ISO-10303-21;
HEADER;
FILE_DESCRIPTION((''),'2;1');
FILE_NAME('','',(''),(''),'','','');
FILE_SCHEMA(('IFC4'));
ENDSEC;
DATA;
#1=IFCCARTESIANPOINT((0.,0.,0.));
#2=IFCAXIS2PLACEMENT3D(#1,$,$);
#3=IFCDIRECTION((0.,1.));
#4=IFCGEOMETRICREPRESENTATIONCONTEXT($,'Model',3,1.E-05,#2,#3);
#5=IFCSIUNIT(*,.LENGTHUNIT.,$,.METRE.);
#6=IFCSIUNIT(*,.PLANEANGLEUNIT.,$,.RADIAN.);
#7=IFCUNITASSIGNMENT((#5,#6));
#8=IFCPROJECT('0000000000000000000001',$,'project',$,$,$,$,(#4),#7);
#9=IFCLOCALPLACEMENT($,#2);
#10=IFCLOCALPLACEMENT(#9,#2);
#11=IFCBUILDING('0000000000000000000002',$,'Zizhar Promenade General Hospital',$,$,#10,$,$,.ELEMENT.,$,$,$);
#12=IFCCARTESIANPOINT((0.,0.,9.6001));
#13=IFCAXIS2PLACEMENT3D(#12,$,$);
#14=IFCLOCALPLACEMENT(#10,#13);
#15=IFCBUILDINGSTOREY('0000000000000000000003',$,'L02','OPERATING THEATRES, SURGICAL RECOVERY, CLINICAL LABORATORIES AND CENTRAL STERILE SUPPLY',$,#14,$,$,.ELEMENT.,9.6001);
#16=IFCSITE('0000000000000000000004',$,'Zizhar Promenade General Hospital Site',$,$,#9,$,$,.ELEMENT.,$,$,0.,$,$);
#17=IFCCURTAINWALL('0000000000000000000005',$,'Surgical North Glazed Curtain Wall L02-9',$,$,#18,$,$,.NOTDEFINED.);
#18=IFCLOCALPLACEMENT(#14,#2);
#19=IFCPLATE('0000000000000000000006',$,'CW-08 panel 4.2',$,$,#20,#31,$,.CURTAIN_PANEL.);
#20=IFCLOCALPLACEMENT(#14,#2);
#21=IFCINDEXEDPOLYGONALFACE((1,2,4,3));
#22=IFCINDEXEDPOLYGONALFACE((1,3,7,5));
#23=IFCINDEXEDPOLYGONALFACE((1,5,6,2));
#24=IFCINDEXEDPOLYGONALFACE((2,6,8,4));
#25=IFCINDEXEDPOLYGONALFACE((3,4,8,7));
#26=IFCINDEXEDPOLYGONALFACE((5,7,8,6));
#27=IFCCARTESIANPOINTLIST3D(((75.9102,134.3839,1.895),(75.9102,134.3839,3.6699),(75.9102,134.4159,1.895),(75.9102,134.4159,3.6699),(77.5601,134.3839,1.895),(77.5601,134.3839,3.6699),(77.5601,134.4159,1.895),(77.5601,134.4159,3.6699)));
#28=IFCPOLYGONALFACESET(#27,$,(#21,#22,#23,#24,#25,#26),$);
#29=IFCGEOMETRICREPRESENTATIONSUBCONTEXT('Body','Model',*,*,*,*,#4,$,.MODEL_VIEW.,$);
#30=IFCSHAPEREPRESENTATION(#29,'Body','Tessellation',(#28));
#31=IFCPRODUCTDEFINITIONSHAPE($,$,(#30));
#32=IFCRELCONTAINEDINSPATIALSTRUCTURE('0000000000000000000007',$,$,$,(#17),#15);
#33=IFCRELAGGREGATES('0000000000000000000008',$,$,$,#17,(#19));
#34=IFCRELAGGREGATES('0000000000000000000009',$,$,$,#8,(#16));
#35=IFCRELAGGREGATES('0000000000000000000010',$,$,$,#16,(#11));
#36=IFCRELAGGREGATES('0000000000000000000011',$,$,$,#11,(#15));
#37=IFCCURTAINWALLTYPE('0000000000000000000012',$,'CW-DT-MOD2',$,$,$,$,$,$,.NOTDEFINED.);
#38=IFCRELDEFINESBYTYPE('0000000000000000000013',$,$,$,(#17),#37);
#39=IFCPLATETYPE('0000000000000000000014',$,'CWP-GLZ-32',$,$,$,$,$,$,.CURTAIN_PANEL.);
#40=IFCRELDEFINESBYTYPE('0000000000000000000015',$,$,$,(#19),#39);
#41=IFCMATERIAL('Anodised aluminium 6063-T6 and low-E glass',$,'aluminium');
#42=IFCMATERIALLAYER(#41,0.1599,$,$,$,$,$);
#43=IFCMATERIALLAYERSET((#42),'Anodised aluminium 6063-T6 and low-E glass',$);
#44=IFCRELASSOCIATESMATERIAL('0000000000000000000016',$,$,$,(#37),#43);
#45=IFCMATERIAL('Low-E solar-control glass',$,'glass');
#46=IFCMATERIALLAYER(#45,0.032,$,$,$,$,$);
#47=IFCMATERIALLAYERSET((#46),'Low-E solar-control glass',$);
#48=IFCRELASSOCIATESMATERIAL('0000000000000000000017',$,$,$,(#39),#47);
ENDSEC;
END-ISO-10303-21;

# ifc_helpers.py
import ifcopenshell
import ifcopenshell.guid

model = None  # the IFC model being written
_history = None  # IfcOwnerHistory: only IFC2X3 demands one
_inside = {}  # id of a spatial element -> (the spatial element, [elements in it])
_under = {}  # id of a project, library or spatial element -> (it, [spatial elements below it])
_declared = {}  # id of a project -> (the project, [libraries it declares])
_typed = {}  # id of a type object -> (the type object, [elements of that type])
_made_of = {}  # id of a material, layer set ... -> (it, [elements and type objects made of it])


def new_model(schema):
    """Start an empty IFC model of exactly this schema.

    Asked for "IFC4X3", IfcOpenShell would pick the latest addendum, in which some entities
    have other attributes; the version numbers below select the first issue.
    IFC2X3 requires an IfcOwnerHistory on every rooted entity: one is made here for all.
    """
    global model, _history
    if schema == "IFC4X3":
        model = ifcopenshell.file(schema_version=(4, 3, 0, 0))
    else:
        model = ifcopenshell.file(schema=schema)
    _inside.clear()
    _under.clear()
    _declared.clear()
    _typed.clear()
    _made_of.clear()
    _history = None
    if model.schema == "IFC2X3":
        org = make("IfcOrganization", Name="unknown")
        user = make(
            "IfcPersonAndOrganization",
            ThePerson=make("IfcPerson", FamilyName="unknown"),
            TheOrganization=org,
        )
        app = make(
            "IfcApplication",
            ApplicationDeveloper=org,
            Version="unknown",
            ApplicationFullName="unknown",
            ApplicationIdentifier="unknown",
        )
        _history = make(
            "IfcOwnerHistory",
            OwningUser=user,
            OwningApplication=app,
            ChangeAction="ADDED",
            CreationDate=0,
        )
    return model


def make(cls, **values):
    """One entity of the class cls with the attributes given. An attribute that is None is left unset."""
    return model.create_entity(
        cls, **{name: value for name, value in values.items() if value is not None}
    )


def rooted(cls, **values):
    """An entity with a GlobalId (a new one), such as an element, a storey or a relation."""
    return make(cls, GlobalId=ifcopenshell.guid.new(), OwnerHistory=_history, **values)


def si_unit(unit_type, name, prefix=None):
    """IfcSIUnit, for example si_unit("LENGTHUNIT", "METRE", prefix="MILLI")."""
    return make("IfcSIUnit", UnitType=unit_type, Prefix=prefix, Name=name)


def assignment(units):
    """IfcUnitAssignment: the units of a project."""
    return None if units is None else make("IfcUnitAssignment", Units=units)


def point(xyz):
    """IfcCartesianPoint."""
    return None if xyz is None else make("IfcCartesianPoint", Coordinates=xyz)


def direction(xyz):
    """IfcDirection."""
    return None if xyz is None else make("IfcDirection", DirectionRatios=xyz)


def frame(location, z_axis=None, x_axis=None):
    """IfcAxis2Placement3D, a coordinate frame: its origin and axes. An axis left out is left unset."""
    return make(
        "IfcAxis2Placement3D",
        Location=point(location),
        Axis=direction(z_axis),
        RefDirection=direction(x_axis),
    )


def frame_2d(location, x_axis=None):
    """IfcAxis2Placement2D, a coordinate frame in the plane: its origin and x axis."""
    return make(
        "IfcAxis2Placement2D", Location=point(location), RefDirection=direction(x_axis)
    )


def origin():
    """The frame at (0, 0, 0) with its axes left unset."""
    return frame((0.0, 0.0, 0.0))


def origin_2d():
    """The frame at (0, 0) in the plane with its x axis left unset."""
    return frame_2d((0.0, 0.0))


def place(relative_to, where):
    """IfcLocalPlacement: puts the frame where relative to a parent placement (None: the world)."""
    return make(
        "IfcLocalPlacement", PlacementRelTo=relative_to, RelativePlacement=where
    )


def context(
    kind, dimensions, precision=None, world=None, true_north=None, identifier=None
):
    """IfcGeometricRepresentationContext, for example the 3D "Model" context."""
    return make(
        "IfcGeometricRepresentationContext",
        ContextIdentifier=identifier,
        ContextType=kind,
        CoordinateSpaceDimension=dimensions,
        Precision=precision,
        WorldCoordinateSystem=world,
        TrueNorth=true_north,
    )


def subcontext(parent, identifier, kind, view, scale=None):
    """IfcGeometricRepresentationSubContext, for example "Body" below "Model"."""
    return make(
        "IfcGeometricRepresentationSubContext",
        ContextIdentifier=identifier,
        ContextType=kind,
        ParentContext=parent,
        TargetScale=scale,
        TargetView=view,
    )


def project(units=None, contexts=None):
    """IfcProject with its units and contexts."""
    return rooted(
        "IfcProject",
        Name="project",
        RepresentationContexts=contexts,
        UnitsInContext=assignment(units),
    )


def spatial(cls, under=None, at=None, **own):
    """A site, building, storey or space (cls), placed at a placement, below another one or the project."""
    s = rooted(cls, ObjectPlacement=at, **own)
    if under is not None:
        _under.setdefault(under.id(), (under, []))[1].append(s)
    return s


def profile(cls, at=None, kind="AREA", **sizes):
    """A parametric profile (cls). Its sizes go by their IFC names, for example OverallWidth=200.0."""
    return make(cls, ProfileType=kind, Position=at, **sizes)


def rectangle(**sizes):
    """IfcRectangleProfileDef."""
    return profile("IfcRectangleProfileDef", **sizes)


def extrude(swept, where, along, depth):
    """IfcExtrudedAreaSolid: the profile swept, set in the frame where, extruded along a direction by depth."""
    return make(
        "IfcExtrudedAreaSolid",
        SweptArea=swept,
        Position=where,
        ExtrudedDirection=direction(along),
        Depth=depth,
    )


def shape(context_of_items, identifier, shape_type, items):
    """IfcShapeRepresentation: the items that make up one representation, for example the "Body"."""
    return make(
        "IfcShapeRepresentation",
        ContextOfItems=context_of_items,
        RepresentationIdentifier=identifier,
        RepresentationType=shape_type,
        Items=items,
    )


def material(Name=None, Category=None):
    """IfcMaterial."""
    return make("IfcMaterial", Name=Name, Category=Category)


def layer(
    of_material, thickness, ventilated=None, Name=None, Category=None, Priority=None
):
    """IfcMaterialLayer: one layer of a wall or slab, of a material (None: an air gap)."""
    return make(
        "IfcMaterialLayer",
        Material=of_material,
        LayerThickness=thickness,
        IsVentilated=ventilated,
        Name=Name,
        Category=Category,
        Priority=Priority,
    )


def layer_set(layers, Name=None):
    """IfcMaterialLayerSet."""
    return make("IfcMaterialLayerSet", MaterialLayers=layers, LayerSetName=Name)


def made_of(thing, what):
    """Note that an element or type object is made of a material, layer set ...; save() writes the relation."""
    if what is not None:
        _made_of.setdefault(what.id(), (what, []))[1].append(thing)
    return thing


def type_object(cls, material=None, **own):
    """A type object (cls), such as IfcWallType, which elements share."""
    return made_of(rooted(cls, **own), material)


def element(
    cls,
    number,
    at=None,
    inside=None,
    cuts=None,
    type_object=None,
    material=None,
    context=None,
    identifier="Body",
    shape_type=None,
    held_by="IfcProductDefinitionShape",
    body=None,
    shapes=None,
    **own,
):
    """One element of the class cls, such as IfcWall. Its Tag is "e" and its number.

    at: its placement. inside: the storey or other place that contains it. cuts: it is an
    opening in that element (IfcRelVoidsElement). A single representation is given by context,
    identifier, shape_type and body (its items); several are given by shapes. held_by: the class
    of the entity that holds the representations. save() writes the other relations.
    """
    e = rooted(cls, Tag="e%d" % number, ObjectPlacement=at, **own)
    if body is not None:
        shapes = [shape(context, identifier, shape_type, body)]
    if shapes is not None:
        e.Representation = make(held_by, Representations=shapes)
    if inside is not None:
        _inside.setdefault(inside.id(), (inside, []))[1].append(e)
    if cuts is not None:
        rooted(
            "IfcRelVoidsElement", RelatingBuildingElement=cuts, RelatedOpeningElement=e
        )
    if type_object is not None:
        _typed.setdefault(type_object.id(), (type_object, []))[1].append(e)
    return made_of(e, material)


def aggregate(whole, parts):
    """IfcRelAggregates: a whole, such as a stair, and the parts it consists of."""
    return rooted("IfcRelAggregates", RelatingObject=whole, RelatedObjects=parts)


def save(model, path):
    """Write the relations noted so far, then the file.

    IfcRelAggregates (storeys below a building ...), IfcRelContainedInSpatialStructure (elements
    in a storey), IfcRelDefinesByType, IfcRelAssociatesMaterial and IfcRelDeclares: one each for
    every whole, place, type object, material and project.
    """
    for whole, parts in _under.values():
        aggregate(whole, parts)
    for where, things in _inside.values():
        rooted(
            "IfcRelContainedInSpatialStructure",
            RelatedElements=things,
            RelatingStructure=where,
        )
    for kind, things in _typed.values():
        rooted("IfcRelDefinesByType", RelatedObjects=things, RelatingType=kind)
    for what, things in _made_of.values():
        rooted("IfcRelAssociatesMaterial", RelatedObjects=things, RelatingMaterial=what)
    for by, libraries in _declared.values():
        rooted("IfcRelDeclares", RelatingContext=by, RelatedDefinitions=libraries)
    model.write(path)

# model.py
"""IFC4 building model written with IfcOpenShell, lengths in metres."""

from ifc_helpers import new_model, si_unit, direction, frame, origin, origin_2d, place, context, subcontext, project, spatial, rectangle, extrude, material, layer, layer_set, type_object, element, aggregate, save


model = new_model("IFC4")

# Units and contexts
model_context = context("Model", 3, precision=1e-05, world=origin(), true_north=direction((0.0, 1.0)))
body_context = subcontext(model_context, "Body", "Model", "MODEL_VIEW")
ifc_project = project(units=[si_unit("LENGTHUNIT", "METRE"), si_unit("PLANEANGLEUNIT", "RADIAN")], contexts=[model_context])

# Site, building, storey
site_placement = place(None, origin())
site = spatial("IfcSite", under=ifc_project, at=site_placement, Name="Zizhar Promenade General Hospital Site", CompositionType="ELEMENT", RefElevation=0.0)
building_placement = place(site_placement, origin())
building = spatial("IfcBuilding", under=site, at=building_placement, Name="Zizhar Promenade General Hospital", CompositionType="ELEMENT")
storey_placement = place(building_placement, frame((0.0, 0.0, 9.6001)))
storey = spatial("IfcBuildingStorey", under=building, at=storey_placement, Name="L02", Description="OPERATING THEATRES, SURGICAL RECOVERY, CLINICAL LABORATORIES AND CENTRAL STERILE SUPPLY", CompositionType="ELEMENT", Elevation=9.6001)

# Curtain wall, plate
ifc_material_1 = material(Name="Anodised aluminium 6063-T6 and low-E glass", Category="aluminium")
ifc_layer_1 = layer(ifc_material_1, 0.1599)
ifc_layer_set_1 = layer_set([ifc_layer_1], Name="Anodised aluminium 6063-T6 and low-E glass")
curtain_wall_type = type_object("IfcCurtainWallType", Name="CW-DT-MOD2", PredefinedType="NOTDEFINED", material=ifc_layer_set_1)
curtain_wall_placement = place(storey_placement, origin())
curtain_wall = element("IfcCurtainWall", 1, at=curtain_wall_placement, inside=storey, type_object=curtain_wall_type, Name="Surgical North Glazed Curtain Wall L02-9", PredefinedType="NOTDEFINED")
ifc_material_2 = material(Name="Low-E solar-control glass", Category="glass")
ifc_layer_2 = layer(ifc_material_2, 0.032)
ifc_layer_set_2 = layer_set([ifc_layer_2], Name="Low-E solar-control glass")
plate_type = type_object("IfcPlateType", Name="CWP-GLZ-32", PredefinedType="CURTAIN_PANEL", material=ifc_layer_set_2)
plate_1_placement = place(storey_placement, frame((76.7351, 134.3999, 1.895), z_axis=(0.0, 0.0, 1.0), x_axis=(1.0, 0.0, 0.0)))
plate_1 = element("IfcPlate", 2, at=plate_1_placement, type_object=plate_type, Name="CW-08 panel 4.2", PredefinedType="CURTAIN_PANEL", context=body_context, shape_type="SweptSolid", body=[
    extrude(rectangle(XDim=1.6499, YDim=0.032, at=origin_2d()), origin(), (0.0, 0.0, 1.0), 1.7749),
])
aggregate(curtain_wall, [plate_1])

save(model, "model.ifc")
